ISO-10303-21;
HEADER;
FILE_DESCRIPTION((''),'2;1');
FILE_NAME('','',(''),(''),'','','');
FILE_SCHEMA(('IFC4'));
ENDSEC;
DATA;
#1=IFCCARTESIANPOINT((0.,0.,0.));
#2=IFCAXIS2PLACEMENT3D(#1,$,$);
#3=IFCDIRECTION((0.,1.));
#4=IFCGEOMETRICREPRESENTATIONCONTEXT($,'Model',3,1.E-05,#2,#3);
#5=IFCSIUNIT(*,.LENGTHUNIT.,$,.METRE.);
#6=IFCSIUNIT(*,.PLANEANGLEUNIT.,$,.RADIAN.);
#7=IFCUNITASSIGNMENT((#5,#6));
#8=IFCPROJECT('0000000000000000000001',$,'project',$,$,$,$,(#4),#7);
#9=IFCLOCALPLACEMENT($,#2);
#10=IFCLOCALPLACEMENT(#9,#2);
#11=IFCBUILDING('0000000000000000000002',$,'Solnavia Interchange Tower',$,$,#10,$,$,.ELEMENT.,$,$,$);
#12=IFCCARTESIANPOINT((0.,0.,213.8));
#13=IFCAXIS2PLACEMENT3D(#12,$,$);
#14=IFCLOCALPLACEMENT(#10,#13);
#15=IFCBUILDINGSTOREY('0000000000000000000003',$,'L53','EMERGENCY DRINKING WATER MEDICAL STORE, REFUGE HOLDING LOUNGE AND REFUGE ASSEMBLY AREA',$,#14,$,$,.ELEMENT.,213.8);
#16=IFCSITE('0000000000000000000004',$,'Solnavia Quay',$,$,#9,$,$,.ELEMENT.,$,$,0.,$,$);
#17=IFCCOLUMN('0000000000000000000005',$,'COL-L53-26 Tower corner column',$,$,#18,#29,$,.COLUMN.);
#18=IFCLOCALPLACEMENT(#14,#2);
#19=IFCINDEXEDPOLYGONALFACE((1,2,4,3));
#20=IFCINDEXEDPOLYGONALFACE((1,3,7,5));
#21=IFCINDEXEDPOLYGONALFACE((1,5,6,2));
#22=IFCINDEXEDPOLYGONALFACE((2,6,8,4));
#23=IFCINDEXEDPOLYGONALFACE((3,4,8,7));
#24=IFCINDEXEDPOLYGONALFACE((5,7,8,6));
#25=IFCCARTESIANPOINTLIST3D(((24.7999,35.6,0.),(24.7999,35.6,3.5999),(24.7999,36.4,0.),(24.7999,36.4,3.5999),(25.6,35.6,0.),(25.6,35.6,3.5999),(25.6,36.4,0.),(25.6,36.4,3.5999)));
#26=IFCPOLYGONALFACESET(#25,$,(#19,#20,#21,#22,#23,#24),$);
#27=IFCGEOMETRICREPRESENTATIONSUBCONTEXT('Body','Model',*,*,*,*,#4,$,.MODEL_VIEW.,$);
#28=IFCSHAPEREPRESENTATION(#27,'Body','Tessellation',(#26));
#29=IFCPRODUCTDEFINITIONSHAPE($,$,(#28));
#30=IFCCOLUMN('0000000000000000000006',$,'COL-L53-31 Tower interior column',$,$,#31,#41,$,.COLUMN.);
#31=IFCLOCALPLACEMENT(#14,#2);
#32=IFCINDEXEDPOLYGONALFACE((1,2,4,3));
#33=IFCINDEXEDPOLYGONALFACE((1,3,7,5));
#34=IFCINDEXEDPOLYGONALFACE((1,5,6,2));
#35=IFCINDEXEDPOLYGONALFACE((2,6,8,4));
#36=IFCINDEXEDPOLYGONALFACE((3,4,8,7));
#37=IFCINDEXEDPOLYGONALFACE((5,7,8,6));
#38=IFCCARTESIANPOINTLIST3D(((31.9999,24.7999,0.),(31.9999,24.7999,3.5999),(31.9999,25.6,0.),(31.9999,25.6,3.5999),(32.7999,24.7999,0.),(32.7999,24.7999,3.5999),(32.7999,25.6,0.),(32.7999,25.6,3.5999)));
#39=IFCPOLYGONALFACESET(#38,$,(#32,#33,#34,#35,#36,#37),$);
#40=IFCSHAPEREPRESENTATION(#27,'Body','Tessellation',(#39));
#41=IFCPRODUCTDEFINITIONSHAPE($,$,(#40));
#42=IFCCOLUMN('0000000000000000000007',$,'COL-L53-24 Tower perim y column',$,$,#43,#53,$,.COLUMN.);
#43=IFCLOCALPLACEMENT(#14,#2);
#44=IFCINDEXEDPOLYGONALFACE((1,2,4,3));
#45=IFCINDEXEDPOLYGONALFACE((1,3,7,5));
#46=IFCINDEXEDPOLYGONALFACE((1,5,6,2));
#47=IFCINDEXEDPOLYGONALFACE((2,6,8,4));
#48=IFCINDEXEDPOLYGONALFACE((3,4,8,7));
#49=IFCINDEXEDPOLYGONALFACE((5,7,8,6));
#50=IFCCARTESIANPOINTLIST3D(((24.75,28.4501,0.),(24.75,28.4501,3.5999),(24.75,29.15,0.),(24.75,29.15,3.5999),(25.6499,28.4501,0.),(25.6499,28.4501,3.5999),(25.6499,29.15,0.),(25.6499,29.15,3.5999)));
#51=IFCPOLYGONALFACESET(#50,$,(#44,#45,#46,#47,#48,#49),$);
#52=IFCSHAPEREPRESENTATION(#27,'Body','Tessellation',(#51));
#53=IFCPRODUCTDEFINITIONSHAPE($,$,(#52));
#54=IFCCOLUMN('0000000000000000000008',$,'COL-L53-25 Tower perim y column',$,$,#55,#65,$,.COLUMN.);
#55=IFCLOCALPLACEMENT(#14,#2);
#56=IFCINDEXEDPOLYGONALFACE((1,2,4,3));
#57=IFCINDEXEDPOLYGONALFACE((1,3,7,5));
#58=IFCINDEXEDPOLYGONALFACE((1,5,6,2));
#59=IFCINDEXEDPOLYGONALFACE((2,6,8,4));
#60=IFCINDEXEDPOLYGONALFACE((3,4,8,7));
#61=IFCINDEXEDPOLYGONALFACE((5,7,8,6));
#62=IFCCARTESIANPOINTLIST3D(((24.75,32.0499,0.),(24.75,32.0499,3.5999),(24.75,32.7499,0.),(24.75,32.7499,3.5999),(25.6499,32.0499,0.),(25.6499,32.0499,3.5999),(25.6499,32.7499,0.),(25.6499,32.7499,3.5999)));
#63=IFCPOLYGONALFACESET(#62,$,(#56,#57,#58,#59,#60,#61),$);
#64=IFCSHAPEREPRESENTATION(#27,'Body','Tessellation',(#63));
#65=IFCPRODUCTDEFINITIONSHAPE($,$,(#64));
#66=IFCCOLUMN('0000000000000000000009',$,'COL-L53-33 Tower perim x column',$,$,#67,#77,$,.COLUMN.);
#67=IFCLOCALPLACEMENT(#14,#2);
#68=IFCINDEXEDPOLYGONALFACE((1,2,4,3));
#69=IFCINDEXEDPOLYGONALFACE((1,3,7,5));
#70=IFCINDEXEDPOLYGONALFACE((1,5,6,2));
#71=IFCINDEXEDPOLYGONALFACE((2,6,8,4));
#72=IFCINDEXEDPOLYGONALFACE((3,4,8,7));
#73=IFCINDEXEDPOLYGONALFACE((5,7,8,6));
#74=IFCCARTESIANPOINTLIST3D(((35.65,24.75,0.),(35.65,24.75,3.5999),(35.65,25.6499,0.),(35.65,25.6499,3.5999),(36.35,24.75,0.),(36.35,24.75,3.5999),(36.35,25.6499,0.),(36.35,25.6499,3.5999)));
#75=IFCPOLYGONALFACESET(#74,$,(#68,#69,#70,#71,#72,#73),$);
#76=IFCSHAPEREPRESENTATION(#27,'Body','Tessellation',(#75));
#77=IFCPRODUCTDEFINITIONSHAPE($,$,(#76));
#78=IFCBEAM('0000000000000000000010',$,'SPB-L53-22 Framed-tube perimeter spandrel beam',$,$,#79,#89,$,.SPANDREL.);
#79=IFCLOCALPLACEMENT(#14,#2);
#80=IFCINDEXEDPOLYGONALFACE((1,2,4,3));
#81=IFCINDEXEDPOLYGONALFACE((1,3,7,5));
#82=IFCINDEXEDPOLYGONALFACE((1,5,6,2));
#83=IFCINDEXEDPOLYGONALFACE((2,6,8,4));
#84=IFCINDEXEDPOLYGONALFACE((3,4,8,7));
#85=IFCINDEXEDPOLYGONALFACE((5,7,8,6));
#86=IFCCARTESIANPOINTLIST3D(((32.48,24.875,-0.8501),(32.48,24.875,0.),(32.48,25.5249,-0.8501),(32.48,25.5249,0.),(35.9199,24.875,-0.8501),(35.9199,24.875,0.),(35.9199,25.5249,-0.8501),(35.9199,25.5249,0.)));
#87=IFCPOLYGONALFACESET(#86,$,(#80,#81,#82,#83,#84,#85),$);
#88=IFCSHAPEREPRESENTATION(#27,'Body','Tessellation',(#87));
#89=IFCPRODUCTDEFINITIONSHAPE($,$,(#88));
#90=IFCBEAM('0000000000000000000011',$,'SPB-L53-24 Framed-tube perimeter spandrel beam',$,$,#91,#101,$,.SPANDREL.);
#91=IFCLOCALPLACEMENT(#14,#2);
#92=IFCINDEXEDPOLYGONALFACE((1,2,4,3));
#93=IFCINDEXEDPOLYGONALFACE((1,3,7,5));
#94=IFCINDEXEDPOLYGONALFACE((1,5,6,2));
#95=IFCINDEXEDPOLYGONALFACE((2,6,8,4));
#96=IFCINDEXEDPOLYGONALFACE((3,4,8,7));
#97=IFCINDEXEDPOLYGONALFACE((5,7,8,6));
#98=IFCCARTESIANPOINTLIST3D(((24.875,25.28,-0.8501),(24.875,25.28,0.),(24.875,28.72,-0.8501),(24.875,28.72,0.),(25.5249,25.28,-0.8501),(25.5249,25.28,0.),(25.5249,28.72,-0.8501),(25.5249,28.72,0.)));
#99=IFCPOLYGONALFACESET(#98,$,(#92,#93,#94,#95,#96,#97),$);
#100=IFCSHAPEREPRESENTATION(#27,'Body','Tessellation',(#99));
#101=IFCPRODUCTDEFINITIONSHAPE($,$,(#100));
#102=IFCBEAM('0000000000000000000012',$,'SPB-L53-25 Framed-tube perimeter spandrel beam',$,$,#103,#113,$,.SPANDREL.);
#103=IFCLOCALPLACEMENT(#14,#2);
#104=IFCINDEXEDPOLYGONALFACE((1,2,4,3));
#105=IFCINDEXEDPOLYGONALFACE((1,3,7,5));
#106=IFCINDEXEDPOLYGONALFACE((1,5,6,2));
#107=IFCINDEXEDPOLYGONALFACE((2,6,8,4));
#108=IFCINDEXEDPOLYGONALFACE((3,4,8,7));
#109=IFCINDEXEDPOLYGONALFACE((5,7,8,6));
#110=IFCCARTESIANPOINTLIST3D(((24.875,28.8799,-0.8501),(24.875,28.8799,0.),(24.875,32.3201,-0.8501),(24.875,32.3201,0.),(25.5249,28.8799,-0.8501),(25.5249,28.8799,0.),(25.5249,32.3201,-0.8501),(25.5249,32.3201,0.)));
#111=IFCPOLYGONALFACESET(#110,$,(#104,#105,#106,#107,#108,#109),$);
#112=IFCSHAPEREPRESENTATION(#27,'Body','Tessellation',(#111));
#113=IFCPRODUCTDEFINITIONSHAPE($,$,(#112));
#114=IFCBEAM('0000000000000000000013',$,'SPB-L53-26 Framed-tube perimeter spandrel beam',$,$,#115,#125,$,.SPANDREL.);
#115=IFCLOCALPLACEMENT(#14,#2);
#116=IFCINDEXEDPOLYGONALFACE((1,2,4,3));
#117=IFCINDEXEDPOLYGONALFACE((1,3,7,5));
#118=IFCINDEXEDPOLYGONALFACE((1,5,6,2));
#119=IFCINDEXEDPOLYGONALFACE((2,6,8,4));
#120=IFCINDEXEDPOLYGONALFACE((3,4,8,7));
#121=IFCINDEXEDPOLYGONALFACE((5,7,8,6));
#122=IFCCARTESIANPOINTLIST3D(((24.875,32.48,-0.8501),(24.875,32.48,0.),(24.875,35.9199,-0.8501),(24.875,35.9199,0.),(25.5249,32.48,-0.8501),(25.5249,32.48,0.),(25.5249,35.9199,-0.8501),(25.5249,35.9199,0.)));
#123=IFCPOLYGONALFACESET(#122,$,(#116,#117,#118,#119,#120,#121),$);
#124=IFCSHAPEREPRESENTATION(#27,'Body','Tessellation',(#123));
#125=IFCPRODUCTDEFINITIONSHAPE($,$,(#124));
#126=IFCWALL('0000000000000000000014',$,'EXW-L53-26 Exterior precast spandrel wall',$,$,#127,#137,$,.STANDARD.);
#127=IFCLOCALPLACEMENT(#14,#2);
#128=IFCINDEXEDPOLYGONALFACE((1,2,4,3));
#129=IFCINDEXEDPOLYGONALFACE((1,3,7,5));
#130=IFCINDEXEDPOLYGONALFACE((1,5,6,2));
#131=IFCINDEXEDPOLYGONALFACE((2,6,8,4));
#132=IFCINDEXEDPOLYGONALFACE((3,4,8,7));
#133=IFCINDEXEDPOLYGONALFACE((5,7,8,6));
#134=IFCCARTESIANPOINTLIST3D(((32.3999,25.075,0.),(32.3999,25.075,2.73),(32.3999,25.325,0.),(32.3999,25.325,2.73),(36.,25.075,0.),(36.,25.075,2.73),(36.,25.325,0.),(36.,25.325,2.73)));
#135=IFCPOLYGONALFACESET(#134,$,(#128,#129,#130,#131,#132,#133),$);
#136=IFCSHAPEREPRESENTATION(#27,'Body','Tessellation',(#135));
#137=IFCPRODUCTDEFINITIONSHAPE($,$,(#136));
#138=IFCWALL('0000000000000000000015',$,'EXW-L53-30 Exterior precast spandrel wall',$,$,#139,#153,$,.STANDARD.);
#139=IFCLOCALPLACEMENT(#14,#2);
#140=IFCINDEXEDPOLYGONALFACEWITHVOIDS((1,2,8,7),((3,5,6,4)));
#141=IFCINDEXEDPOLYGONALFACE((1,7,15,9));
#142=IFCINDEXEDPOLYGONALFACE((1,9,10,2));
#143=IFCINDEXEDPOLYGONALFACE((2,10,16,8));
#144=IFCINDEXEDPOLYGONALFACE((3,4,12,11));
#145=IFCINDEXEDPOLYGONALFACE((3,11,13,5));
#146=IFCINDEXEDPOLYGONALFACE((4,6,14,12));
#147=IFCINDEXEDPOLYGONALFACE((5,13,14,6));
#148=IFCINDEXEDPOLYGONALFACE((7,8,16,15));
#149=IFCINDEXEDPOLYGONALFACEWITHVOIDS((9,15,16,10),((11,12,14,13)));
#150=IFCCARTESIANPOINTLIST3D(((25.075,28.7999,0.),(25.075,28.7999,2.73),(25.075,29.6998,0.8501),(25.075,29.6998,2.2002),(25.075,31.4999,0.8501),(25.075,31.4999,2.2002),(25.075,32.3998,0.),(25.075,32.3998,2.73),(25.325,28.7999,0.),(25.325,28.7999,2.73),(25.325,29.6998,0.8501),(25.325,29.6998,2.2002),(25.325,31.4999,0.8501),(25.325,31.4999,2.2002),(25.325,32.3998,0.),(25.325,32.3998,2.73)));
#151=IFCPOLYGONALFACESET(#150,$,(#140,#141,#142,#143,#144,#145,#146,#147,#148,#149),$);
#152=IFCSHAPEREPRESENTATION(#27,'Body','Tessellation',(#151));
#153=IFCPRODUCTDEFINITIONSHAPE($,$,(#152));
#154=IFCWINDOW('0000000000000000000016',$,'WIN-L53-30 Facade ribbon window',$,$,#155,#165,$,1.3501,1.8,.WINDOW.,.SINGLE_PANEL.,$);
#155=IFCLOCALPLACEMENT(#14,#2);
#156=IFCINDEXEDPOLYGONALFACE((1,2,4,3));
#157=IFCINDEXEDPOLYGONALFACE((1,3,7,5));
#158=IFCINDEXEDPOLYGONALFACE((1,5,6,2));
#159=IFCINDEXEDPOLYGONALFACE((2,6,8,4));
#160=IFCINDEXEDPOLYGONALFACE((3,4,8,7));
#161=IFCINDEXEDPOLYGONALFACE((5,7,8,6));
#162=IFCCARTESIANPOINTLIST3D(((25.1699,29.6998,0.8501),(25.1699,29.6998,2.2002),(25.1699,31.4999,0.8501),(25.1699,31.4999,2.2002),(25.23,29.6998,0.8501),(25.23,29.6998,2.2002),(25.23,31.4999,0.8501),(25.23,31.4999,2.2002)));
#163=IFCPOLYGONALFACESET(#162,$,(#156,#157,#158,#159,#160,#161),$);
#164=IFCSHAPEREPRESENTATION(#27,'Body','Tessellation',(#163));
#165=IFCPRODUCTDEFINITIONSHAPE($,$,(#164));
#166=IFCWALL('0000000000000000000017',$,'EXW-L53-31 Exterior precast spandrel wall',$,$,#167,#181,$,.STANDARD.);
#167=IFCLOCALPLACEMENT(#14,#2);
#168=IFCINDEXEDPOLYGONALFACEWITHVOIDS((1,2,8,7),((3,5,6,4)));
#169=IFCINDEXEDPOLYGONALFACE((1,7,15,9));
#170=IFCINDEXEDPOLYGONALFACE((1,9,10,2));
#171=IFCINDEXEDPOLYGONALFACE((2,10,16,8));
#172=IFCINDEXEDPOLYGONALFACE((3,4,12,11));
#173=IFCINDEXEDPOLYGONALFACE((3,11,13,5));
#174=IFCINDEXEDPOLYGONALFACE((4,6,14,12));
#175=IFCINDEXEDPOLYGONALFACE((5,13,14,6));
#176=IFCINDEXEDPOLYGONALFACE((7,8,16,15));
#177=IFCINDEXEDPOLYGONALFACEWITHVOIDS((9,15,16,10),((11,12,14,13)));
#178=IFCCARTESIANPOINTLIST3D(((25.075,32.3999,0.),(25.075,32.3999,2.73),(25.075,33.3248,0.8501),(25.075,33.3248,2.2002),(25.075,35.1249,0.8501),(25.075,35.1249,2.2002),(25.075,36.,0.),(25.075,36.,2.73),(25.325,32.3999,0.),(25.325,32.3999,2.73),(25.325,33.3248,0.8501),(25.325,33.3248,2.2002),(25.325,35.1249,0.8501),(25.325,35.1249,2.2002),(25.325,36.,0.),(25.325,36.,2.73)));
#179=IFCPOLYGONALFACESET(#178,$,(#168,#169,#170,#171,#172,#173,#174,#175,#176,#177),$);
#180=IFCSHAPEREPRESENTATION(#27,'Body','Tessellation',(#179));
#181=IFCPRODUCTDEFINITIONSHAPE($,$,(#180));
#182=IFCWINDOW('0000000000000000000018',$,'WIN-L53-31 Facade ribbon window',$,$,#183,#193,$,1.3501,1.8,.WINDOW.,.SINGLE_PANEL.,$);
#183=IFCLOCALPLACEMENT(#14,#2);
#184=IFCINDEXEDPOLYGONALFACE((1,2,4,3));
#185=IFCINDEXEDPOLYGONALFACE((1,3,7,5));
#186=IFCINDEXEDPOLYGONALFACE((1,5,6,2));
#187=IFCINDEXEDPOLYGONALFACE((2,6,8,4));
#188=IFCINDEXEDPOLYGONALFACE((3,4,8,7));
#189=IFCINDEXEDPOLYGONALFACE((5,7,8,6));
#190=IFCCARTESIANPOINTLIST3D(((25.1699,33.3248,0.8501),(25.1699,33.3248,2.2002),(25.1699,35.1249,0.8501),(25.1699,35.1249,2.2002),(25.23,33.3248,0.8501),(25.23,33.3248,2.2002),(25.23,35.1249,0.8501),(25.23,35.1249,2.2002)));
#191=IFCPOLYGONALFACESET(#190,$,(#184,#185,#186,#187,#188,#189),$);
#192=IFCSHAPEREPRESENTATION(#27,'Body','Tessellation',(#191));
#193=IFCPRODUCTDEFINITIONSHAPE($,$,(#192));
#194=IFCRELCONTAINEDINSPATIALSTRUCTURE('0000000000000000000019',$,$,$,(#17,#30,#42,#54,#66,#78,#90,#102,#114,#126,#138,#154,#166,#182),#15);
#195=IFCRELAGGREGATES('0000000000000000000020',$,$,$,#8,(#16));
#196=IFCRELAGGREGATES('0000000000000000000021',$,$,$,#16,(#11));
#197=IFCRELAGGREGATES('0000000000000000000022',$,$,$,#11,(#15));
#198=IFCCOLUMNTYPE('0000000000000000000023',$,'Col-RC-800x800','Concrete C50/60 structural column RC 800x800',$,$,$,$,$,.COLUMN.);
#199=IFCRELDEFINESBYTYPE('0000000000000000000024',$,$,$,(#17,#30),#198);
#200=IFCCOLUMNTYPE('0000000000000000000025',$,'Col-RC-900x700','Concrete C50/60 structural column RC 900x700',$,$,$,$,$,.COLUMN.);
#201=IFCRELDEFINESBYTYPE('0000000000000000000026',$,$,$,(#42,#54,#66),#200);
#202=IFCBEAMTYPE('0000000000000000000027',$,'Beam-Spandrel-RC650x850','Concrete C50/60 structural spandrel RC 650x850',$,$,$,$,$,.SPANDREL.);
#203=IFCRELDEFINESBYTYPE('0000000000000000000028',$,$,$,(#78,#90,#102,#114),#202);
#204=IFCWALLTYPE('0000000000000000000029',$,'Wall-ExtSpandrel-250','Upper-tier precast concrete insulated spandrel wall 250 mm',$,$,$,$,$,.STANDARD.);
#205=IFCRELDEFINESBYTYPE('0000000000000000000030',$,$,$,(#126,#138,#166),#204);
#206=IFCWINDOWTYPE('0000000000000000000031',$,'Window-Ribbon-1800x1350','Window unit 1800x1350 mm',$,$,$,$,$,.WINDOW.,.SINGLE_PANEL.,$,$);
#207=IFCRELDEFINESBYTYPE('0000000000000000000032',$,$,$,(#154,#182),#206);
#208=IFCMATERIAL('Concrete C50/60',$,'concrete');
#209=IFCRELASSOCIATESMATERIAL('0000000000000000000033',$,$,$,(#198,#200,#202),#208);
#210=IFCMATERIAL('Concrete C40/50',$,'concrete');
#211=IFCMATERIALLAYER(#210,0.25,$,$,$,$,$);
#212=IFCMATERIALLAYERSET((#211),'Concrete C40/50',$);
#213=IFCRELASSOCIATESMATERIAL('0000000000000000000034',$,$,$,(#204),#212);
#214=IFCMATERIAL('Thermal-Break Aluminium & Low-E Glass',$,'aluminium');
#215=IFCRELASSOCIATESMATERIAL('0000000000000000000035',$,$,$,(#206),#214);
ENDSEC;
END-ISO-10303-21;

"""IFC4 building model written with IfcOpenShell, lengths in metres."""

from ifc_helpers import new_model, si_unit, direction, frame, frame_2d, origin, origin_2d, place, context, subcontext, project, spatial, rectangle, extrude, material, layer, layer_set, material_profile, profile_set, type_object, element, fill, save


model = new_model("IFC4")

# Units and contexts
model_context = context("Model", 3, precision=1e-05, world=origin(), true_north=direction((0.0, 1.0)))
body_context = subcontext(model_context, "Body", "Model", "MODEL_VIEW")
ifc_project = project(units=[si_unit("LENGTHUNIT", "METRE"), si_unit("PLANEANGLEUNIT", "RADIAN")], contexts=[model_context])

# Site, building, storey
site_placement = place(None, origin())
site = spatial("IfcSite", under=ifc_project, at=site_placement, Name="Solnavia Quay", CompositionType="ELEMENT", RefElevation=0.0)
building_placement = place(site_placement, origin())
building = spatial("IfcBuilding", under=site, at=building_placement, Name="Solnavia Interchange Tower", CompositionType="ELEMENT")
storey_placement = place(building_placement, frame((0.0, 0.0, 213.8)))
storey = spatial("IfcBuildingStorey", under=building, at=storey_placement, Name="L53", Description="EMERGENCY DRINKING WATER MEDICAL STORE, REFUGE HOLDING LOUNGE AND REFUGE ASSEMBLY AREA", CompositionType="ELEMENT", Elevation=213.8)

# Columns
ifc_material_1 = material(Name="Concrete C50/60", Category="concrete")
ifc_material_profile_1 = material_profile(ifc_material_1, rectangle(XDim=0.8, YDim=0.8, at=origin_2d()), Name="RC 800x800")
ifc_profile_set_1 = profile_set([ifc_material_profile_1], Name="Concrete C50/60")
column_type_1 = type_object("IfcColumnType", Name="Col-RC-800x800", Description="Concrete C50/60 structural column RC 800x800", PredefinedType="COLUMN", material=ifc_profile_set_1)
for number, where, z_axis, x_axis, name in (
    (1, (25.2, 36.0, 0.0), (0.0, 0.0, 1.0), (0.0, 1.0, 0.0), "COL-L53-26 Tower corner column"),
    (2, (32.3999, 25.2, 0.0), (0.0, 0.0, 1.0), (1.0, 0.0, 0.0), "COL-L53-31 Tower interior column"),
):
    element("IfcColumn", number, at=place(storey_placement, frame(where, z_axis=z_axis, x_axis=x_axis)), inside=storey, type_object=column_type_1, Name=name, PredefinedType="COLUMN", context=body_context, shape_type="SweptSolid", body=[
        extrude(rectangle(XDim=0.8, YDim=0.8, at=origin_2d()), origin(), (0.0, 0.0, 1.0), 3.5999),
    ])
ifc_material_profile_2 = material_profile(ifc_material_1, rectangle(XDim=0.7, YDim=0.8999, at=origin_2d()), Name="RC 900x700")
ifc_profile_set_2 = profile_set([ifc_material_profile_2], Name="Concrete C50/60")
column_type_2 = type_object("IfcColumnType", Name="Col-RC-900x700", Description="Concrete C50/60 structural column RC 900x700", PredefinedType="COLUMN", material=ifc_profile_set_2)
for number, where, z_axis, x_axis, name in (
    (3, (25.2, 28.8, 0.0), (0.0, 0.0, 1.0), (0.0, 1.0, 0.0), "COL-L53-24 Tower perim y column"),
    (4, (25.2, 32.3999, 0.0), (0.0, 0.0, 1.0), (0.0, 1.0, 0.0), "COL-L53-25 Tower perim y column"),
    (5, (36.0, 25.2, 0.0), (0.0, 0.0, 1.0), (1.0, 0.0, 0.0), "COL-L53-33 Tower perim x column"),
):
    element("IfcColumn", number, at=place(storey_placement, frame(where, z_axis=z_axis, x_axis=x_axis)), inside=storey, type_object=column_type_2, Name=name, PredefinedType="COLUMN", context=body_context, shape_type="SweptSolid", body=[
        extrude(rectangle(XDim=0.7, YDim=0.8999, at=origin_2d()), origin(), (0.0, 0.0, 1.0), 3.5999),
    ])

# Beams
ifc_material_profile_3 = material_profile(ifc_material_1, rectangle(XDim=0.6499, YDim=0.8501, at=origin_2d()), Name="RC 650x850")
ifc_profile_set_3 = profile_set([ifc_material_profile_3], Name="Concrete C50/60")
beam_type = type_object("IfcBeamType", Name="Beam-Spandrel-RC650x850", Description="Concrete C50/60 structural spandrel RC 650x850", PredefinedType="SPANDREL", material=ifc_profile_set_3)
for number, where, z_axis, x_axis, name in (
    (6, (35.9199, 25.2, -0.425), (-1.0, 0.0, 0.0), (0.0, -1.0, 0.0), "SPB-L53-22 Framed-tube perimeter spandrel beam"),
    (7, (25.2, 25.28, -0.425), (0.0, 1.0, 0.0), (-1.0, 0.0, 0.0), "SPB-L53-24 Framed-tube perimeter spandrel beam"),
):
    element("IfcBeam", number, at=place(storey_placement, frame(where, z_axis=z_axis, x_axis=x_axis)), inside=storey, type_object=beam_type, Name=name, PredefinedType="SPANDREL", context=body_context, shape_type="SweptSolid", body=[
        extrude(rectangle(XDim=0.6499, YDim=0.8501, at=origin_2d()), origin(), (0.0, 0.0, 1.0), 3.4399),
    ])
beam_1_placement = place(storey_placement, frame((25.2, 28.8799, -0.425), z_axis=(0.0, 1.0, 0.0), x_axis=(-1.0, 0.0, 0.0)))
element("IfcBeam", 8, at=beam_1_placement, inside=storey, type_object=beam_type, Name="SPB-L53-25 Framed-tube perimeter spandrel beam", PredefinedType="SPANDREL", context=body_context, shape_type="SweptSolid", body=[
    extrude(rectangle(XDim=0.6499, YDim=0.8501, at=origin_2d()), origin(), (0.0, 0.0, 1.0), 3.4402),
])
beam_2_placement = place(storey_placement, frame((25.2, 32.48, -0.425), z_axis=(0.0, 1.0, 0.0), x_axis=(-1.0, 0.0, 0.0)))
element("IfcBeam", 9, at=beam_2_placement, inside=storey, type_object=beam_type, Name="SPB-L53-26 Framed-tube perimeter spandrel beam", PredefinedType="SPANDREL", context=body_context, shape_type="SweptSolid", body=[
    extrude(rectangle(XDim=0.6499, YDim=0.8501, at=origin_2d()), origin(), (0.0, 0.0, 1.0), 3.4399),
])

# Wall
ifc_material_2 = material(Name="Concrete C40/50", Category="concrete")
ifc_layer_1 = layer(ifc_material_2, 0.25)
ifc_layer_set_1 = layer_set([ifc_layer_1], Name="Concrete C40/50")
wall_type = type_object("IfcWallType", Name="Wall-ExtSpandrel-250", Description="Upper-tier precast concrete insulated spandrel wall 250 mm", PredefinedType="STANDARD", material=ifc_layer_set_1)
wall_1_placement = place(storey_placement, frame((32.3999, 25.2, 0.0), z_axis=(0.0, 0.0, 1.0), x_axis=(1.0, 0.0, 0.0)))
element("IfcWall", 10, at=wall_1_placement, inside=storey, type_object=wall_type, Name="EXW-L53-26 Exterior precast spandrel wall", PredefinedType="STANDARD", context=body_context, shape_type="SweptSolid", body=[
    extrude(rectangle(XDim=3.6001, YDim=0.25, at=frame_2d((1.8, 0.0))), origin(), (0.0, 0.0, 1.0), 2.73),
])

# Walls, openings, windows
wall_2_placement = place(storey_placement, frame((25.2, 28.8, 0.0), z_axis=(0.0, 0.0, 1.0), x_axis=(0.0, 1.0, 0.0)))
wall_2 = element("IfcWall", 11, at=wall_2_placement, inside=storey, type_object=wall_type, Name="EXW-L53-30 Exterior precast spandrel wall", PredefinedType="STANDARD", context=body_context, shape_type="SweptSolid", body=[
    extrude(rectangle(XDim=3.5999, YDim=0.25, at=frame_2d((1.7998, 0.0))), origin(), (0.0, 0.0, 1.0), 2.73),
])
opening_1_placement = place(wall_2_placement, frame((0.8999, 0.0, 0.8501)))
opening_1 = element("IfcOpeningElement", 12, at=opening_1_placement, cuts=wall_2, PredefinedType="OPENING", context=body_context, shape_type="SweptSolid", body=[
    extrude(rectangle(XDim=1.8, YDim=1.3501, at=frame_2d((0.8999, 0.675))), frame((0.0, 0.135, 0.0), z_axis=(0.0, -1.0, 0.0), x_axis=(1.0, 0.0, 0.0)), (0.0, 0.0, 1.0), 0.27),
])
ifc_material_3 = material(Name="Thermal-Break Aluminium & Low-E Glass", Category="aluminium")
window_type = type_object("IfcWindowType", Name="Window-Ribbon-1800x1350", Description="Window unit 1800x1350 mm", PartitioningType="SINGLE_PANEL", PredefinedType="WINDOW", material=ifc_material_3)
window_1_placement = place(opening_1_placement, origin())
window_1 = element("IfcWindow", 13, at=window_1_placement, inside=storey, type_object=window_type, Name="WIN-L53-30 Facade ribbon window", OverallHeight=1.3501, OverallWidth=1.8, PartitioningType="SINGLE_PANEL", PredefinedType="WINDOW", context=body_context, shape_type="SweptSolid", body=[
    extrude(rectangle(XDim=1.8, YDim=1.3501, at=frame_2d((0.8999, 0.675))), frame((0.0, 0.03, 0.0), z_axis=(0.0, -1.0, 0.0), x_axis=(1.0, 0.0, 0.0)), (0.0, 0.0, 1.0), 0.0601),
])
fill(opening_1, window_1)
wall_3_placement = place(storey_placement, frame((25.2, 32.3999, 0.0), z_axis=(0.0, 0.0, 1.0), x_axis=(0.0, 1.0, 0.0)))
wall_3 = element("IfcWall", 14, at=wall_3_placement, inside=storey, type_object=wall_type, Name="EXW-L53-31 Exterior precast spandrel wall", PredefinedType="STANDARD", context=body_context, shape_type="SweptSolid", body=[
    extrude(rectangle(XDim=3.6001, YDim=0.25, at=frame_2d((1.8, 0.0))), origin(), (0.0, 0.0, 1.0), 2.73),
])
opening_2_placement = place(wall_3_placement, frame((0.925, 0.0, 0.8501)))
opening_2 = element("IfcOpeningElement", 15, at=opening_2_placement, cuts=wall_3, PredefinedType="OPENING", context=body_context, shape_type="SweptSolid", body=[
    extrude(rectangle(XDim=1.8, YDim=1.3501, at=frame_2d((0.8999, 0.675))), frame((0.0, 0.135, 0.0), z_axis=(0.0, -1.0, 0.0), x_axis=(1.0, 0.0, 0.0)), (0.0, 0.0, 1.0), 0.27),
])
window_2_placement = place(opening_2_placement, origin())
window_2 = element("IfcWindow", 16, at=window_2_placement, inside=storey, type_object=window_type, Name="WIN-L53-31 Facade ribbon window", OverallHeight=1.3501, OverallWidth=1.8, PartitioningType="SINGLE_PANEL", PredefinedType="WINDOW", context=body_context, shape_type="SweptSolid", body=[
    extrude(rectangle(XDim=1.8, YDim=1.3501, at=frame_2d((0.8999, 0.675))), frame((0.0, 0.03, 0.0), z_axis=(0.0, -1.0, 0.0), x_axis=(1.0, 0.0, 0.0)), (0.0, 0.0, 1.0), 0.0601),
])
fill(opening_2, window_2)

save(model, "model.ifc")
